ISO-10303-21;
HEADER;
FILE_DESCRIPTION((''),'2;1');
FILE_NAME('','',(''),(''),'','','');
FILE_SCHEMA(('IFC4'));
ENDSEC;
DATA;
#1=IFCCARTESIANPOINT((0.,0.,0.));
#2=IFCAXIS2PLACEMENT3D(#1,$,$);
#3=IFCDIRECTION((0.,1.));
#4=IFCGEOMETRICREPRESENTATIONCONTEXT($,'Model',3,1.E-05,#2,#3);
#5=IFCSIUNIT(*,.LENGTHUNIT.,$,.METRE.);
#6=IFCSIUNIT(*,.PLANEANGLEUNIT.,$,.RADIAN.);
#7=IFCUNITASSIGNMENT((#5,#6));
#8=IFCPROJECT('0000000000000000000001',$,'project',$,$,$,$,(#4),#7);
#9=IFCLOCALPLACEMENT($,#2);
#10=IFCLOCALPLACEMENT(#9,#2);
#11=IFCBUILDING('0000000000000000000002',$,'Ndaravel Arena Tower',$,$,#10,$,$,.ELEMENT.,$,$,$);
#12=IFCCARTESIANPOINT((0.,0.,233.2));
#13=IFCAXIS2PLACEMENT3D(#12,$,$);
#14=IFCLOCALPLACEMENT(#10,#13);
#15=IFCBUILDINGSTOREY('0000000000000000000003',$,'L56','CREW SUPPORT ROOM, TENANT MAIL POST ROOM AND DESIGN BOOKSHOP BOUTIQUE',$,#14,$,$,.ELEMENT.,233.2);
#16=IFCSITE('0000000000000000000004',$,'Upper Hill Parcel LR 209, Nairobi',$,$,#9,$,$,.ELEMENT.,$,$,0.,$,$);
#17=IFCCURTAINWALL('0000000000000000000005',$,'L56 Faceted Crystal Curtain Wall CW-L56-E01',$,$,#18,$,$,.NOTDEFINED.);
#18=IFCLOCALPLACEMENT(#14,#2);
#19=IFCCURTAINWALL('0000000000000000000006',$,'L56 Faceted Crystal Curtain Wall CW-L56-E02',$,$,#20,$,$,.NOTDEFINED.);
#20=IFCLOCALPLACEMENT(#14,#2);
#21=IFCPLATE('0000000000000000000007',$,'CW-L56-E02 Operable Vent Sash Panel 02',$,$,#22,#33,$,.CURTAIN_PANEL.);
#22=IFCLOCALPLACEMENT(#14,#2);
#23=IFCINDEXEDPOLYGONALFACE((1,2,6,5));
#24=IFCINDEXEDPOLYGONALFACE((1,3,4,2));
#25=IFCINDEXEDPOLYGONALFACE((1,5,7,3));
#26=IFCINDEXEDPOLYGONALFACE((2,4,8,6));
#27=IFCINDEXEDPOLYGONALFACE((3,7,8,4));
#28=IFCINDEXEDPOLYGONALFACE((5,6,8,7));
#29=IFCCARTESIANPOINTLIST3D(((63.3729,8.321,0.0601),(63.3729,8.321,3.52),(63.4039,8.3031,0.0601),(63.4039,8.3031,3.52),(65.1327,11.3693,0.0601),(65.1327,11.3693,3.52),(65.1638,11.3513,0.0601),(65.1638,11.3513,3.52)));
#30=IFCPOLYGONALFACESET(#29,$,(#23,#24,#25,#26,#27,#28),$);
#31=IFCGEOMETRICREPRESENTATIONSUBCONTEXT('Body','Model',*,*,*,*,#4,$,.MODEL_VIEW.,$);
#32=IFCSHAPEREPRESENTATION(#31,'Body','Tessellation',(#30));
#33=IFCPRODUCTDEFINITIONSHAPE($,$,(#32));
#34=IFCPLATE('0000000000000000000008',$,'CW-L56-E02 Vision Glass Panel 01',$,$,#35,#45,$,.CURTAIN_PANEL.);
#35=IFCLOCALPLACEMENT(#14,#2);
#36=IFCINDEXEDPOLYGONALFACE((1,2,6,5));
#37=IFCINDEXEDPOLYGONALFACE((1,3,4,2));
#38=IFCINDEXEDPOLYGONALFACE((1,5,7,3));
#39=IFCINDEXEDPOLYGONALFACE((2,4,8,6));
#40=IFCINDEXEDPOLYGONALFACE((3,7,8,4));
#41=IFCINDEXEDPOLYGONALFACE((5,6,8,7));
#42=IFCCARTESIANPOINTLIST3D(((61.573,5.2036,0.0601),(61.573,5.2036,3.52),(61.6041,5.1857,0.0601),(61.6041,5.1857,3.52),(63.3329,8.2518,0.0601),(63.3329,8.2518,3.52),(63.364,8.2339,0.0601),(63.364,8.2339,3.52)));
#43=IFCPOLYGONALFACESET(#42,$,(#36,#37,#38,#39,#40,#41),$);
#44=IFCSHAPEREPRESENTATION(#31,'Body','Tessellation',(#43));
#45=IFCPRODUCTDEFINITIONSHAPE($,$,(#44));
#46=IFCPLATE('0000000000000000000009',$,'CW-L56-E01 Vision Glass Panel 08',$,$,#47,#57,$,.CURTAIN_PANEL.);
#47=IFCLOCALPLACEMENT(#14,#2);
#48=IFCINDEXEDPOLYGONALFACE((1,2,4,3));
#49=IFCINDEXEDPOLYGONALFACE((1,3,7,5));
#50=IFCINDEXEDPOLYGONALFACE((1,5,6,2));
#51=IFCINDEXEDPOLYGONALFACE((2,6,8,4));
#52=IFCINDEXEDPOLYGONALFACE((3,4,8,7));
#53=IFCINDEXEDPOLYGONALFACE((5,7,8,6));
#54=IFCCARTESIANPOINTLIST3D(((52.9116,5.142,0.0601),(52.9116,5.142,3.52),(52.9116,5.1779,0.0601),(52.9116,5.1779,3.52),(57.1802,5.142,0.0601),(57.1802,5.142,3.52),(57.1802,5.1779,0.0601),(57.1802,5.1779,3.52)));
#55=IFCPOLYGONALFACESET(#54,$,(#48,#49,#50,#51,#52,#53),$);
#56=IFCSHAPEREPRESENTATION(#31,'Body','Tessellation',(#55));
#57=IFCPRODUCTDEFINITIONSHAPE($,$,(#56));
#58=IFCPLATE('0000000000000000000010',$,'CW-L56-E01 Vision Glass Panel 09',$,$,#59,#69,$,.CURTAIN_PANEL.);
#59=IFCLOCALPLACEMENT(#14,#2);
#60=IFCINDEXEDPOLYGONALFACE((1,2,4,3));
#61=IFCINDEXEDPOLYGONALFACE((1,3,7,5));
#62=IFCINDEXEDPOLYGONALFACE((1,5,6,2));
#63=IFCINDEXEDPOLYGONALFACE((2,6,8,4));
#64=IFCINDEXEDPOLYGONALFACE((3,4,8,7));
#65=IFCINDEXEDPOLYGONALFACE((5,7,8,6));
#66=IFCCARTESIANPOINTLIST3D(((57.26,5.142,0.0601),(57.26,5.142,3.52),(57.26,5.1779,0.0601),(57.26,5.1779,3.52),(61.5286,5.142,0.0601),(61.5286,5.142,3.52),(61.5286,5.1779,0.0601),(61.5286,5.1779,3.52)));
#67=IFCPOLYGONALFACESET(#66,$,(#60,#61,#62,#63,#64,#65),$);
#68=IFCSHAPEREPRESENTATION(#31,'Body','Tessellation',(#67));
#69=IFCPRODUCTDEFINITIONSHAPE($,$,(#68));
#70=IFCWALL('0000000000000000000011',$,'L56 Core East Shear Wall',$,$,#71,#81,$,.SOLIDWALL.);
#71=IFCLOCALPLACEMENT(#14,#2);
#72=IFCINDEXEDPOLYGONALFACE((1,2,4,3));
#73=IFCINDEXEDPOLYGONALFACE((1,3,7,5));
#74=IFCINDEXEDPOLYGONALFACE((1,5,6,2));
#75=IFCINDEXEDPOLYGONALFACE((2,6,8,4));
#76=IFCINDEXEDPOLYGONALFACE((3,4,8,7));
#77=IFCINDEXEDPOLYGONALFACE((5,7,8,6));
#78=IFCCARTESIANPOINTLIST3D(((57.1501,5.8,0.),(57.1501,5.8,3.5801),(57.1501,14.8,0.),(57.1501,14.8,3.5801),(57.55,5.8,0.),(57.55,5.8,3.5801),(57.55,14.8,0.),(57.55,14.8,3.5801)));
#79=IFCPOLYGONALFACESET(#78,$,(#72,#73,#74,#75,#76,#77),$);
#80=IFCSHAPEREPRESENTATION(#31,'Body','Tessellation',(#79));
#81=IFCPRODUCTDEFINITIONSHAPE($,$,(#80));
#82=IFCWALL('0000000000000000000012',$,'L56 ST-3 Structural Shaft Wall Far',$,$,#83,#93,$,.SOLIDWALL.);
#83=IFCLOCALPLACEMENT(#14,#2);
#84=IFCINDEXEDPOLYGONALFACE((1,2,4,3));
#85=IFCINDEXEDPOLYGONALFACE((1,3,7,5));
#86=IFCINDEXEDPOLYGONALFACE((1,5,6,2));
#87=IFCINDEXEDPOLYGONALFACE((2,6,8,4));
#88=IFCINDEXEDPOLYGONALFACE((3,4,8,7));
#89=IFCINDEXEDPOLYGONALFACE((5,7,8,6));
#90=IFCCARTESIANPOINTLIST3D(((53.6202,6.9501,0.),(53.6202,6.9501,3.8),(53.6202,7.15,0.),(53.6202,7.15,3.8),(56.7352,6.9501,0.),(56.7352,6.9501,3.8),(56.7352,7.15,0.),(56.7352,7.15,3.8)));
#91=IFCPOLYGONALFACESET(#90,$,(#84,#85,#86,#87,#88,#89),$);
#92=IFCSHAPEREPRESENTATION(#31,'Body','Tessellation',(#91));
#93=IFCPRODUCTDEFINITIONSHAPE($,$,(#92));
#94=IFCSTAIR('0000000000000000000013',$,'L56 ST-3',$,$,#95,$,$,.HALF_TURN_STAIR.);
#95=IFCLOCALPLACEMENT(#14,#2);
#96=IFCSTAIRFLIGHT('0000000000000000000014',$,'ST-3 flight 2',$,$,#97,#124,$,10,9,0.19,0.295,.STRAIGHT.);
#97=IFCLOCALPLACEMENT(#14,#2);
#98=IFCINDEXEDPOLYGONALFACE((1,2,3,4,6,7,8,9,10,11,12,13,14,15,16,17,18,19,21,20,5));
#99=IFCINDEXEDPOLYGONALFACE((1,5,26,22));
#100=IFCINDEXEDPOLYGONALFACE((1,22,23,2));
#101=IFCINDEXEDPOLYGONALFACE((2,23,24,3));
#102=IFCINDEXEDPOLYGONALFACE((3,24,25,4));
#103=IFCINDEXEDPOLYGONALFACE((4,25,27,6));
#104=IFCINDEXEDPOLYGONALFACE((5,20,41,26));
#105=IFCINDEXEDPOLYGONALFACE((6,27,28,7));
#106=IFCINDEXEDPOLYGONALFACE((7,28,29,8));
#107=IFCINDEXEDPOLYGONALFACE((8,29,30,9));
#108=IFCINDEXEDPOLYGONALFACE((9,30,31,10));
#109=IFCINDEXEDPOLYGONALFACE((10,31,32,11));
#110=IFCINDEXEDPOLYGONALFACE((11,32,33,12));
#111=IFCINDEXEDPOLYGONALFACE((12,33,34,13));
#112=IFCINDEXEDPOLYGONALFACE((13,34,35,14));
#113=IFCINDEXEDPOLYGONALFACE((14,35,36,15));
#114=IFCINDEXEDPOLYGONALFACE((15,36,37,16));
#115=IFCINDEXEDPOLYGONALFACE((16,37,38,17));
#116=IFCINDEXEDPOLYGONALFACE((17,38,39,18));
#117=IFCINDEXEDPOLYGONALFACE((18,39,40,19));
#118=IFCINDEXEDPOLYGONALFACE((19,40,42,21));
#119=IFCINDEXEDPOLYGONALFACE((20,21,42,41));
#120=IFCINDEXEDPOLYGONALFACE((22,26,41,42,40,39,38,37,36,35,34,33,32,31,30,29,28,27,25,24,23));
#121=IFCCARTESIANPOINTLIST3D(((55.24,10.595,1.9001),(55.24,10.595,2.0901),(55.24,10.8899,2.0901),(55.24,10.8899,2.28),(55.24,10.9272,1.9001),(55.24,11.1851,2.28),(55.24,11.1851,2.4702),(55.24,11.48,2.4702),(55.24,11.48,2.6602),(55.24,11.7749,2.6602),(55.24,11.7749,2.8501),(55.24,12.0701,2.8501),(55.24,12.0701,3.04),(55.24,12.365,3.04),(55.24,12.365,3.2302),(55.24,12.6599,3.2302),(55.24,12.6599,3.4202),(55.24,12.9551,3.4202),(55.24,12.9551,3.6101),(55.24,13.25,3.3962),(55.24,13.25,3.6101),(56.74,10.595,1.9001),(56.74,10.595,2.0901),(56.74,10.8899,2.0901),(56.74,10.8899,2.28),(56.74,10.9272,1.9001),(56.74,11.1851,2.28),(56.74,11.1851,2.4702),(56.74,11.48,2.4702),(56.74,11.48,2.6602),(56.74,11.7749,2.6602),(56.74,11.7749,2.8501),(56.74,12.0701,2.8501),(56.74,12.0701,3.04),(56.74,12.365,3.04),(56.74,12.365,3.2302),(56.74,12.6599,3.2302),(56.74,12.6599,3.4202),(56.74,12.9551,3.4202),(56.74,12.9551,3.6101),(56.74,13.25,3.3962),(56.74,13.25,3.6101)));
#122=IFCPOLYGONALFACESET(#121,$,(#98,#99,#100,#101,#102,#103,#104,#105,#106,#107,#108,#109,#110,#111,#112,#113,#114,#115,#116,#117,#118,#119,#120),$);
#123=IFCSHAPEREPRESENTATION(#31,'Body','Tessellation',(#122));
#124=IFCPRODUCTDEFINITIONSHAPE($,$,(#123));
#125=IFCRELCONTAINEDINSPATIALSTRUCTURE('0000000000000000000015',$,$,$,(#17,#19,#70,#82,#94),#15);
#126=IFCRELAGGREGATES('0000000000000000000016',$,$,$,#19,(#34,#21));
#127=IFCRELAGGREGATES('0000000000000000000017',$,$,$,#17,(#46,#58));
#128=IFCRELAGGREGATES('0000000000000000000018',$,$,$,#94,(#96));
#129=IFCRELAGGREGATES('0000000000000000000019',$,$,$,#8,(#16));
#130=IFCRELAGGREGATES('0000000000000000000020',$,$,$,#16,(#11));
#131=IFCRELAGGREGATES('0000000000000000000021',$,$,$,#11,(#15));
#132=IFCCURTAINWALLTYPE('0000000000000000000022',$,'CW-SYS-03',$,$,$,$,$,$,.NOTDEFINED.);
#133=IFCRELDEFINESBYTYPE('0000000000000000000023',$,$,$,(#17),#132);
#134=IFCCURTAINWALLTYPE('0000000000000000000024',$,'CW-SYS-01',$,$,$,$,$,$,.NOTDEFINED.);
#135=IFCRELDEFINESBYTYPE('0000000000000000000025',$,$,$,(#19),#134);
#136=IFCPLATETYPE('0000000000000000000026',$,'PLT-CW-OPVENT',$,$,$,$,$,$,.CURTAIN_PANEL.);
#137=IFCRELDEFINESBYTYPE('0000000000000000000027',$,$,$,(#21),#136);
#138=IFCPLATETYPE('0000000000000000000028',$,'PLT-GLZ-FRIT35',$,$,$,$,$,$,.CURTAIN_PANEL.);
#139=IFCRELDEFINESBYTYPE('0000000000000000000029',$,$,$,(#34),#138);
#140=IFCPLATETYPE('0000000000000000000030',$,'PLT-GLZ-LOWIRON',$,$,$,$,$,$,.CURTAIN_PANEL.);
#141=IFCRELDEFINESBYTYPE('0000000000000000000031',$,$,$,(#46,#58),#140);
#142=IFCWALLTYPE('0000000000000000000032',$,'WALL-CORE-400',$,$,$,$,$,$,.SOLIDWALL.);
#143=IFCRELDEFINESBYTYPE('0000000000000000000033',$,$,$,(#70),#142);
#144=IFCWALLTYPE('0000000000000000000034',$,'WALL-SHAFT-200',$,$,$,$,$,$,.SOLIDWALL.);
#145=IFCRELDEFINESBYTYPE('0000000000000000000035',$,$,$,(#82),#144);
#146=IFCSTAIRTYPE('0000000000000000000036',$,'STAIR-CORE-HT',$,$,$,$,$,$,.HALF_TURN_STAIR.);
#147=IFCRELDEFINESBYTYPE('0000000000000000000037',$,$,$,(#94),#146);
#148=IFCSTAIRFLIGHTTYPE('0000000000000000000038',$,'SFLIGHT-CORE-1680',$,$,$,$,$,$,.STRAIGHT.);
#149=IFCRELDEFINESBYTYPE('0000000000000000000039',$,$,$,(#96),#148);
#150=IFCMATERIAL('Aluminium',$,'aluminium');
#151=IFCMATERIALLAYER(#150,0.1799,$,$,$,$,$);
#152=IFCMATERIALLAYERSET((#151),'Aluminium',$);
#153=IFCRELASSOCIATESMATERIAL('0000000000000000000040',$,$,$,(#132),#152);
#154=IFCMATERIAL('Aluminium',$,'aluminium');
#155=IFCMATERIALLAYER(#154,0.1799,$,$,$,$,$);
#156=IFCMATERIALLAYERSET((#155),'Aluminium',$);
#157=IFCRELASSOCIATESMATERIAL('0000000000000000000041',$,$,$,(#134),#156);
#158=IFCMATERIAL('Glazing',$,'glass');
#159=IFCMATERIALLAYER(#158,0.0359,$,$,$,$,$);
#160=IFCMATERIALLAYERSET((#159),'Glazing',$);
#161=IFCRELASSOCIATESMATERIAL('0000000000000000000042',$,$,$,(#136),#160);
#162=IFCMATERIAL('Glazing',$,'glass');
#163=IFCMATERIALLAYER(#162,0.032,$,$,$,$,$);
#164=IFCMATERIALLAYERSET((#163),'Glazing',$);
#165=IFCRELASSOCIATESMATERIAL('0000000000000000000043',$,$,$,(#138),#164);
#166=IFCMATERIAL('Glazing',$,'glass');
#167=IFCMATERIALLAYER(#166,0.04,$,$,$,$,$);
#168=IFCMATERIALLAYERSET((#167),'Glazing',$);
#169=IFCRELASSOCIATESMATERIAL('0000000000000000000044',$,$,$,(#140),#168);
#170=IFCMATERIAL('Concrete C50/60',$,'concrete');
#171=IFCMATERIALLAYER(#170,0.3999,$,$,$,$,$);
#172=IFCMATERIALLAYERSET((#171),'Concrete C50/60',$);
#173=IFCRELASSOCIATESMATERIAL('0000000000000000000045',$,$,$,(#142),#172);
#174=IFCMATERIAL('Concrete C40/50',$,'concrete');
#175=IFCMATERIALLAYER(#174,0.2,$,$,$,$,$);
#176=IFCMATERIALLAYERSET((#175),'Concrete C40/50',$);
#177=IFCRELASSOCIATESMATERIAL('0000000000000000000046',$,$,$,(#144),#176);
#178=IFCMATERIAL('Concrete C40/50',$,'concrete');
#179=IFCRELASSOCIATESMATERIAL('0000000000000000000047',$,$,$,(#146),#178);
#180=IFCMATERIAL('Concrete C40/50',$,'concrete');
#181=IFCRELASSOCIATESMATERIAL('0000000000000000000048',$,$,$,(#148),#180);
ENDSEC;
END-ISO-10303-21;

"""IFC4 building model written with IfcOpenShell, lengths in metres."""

from ifc_helpers import new_model, si_unit, direction, frame, frame_2d, origin, origin_2d, place, context, subcontext, project, spatial, polyline, rectangle, outline, extrude, material, layer, layer_set, type_object, element, aggregate, save


model = new_model("IFC4")

# Units and contexts
model_context = context("Model", 3, precision=1e-05, world=origin(), true_north=direction((0.0, 1.0)))
body_context = subcontext(model_context, "Body", "Model", "MODEL_VIEW")
ifc_project = project(units=[si_unit("LENGTHUNIT", "METRE"), si_unit("PLANEANGLEUNIT", "RADIAN")], contexts=[model_context])

# Site, building, storey
site_placement = place(None, origin())
site = spatial("IfcSite", under=ifc_project, at=site_placement, Name="Upper Hill Parcel LR 209, Nairobi", CompositionType="ELEMENT", RefElevation=0.0)
building_placement = place(site_placement, origin())
building = spatial("IfcBuilding", under=site, at=building_placement, Name="Ndaravel Arena Tower", CompositionType="ELEMENT")
storey_placement = place(building_placement, frame((0.0, 0.0, 233.2)))
storey = spatial("IfcBuildingStorey", under=building, at=storey_placement, Name="L56", Description="CREW SUPPORT ROOM, TENANT MAIL POST ROOM AND DESIGN BOOKSHOP BOUTIQUE", CompositionType="ELEMENT", Elevation=233.2)

# Curtain wall
ifc_material_1 = material(Name="Aluminium", Category="aluminium")
ifc_layer_1 = layer(ifc_material_1, 0.1799)
ifc_layer_set_1 = layer_set([ifc_layer_1], Name="Aluminium")
curtain_wall_type_1 = type_object("IfcCurtainWallType", Name="CW-SYS-03", PredefinedType="NOTDEFINED", material=ifc_layer_set_1)
curtain_wall_1_placement = place(storey_placement, origin())
curtain_wall_1 = element("IfcCurtainWall", 1, at=curtain_wall_1_placement, inside=storey, type_object=curtain_wall_type_1, Name="L56 Faceted Crystal Curtain Wall CW-L56-E01", PredefinedType="NOTDEFINED")

# Curtain wall
ifc_material_2 = material(Name="Aluminium", Category="aluminium")
ifc_layer_2 = layer(ifc_material_2, 0.1799)
ifc_layer_set_2 = layer_set([ifc_layer_2], Name="Aluminium")
curtain_wall_type_2 = type_object("IfcCurtainWallType", Name="CW-SYS-01", PredefinedType="NOTDEFINED", material=ifc_layer_set_2)
curtain_wall_2_placement = place(storey_placement, origin())
curtain_wall_2 = element("IfcCurtainWall", 2, at=curtain_wall_2_placement, inside=storey, type_object=curtain_wall_type_2, Name="L56 Faceted Crystal Curtain Wall CW-L56-E02", PredefinedType="NOTDEFINED")

# Plates
ifc_material_3 = material(Name="Glazing", Category="glass")
ifc_layer_3 = layer(ifc_material_3, 0.0359)
ifc_layer_set_3 = layer_set([ifc_layer_3], Name="Glazing")
plate_type_1 = type_object("IfcPlateType", Name="PLT-CW-OPVENT", PredefinedType="CURTAIN_PANEL", material=ifc_layer_set_3)
plate_1_placement = place(storey_placement, frame((64.2683, 9.8362, 0.0601), z_axis=(0.0, 0.0, 1.0), x_axis=(0.499985, 0.866034, 0.0)))
plate_1 = element("IfcPlate", 3, at=plate_1_placement, type_object=plate_type_1, Name="CW-L56-E02 Operable Vent Sash Panel 02", PredefinedType="CURTAIN_PANEL", context=body_context, shape_type="SweptSolid", body=[
    extrude(rectangle(XDim=3.5198, YDim=0.0359, at=origin_2d()), origin(), (0.0, 0.0, 1.0), 3.46),
])
ifc_material_4 = material(Name="Glazing", Category="glass")
ifc_layer_4 = layer(ifc_material_4, 0.032)
ifc_layer_set_4 = layer_set([ifc_layer_4], Name="Glazing")
plate_type_2 = type_object("IfcPlateType", Name="PLT-GLZ-FRIT35", PredefinedType="CURTAIN_PANEL", material=ifc_layer_set_4)
plate_2_placement = place(storey_placement, frame((62.4685, 6.7188, 0.0601), z_axis=(0.0, 0.0, 1.0), x_axis=(0.499985, 0.866034, 0.0)))
plate_2 = element("IfcPlate", 4, at=plate_2_placement, type_object=plate_type_2, Name="CW-L56-E02 Vision Glass Panel 01", PredefinedType="CURTAIN_PANEL", context=body_context, shape_type="SweptSolid", body=[
    extrude(rectangle(XDim=3.5198, YDim=0.0359, at=origin_2d()), origin(), (0.0, 0.0, 1.0), 3.46),
])
aggregate(curtain_wall_2, [plate_2, plate_1])
ifc_material_5 = material(Name="Glazing", Category="glass")
ifc_layer_5 = layer(ifc_material_5, 0.04)
ifc_layer_set_5 = layer_set([ifc_layer_5], Name="Glazing")
plate_type_3 = type_object("IfcPlateType", Name="PLT-GLZ-LOWIRON", PredefinedType="CURTAIN_PANEL", material=ifc_layer_set_5)
plate_3_placement = place(storey_placement, frame((55.0459, 5.1599, 0.0601), z_axis=(0.0, 0.0, 1.0), x_axis=(1.0, 0.0, 0.0)))
plate_3 = element("IfcPlate", 5, at=plate_3_placement, type_object=plate_type_3, Name="CW-L56-E01 Vision Glass Panel 08", PredefinedType="CURTAIN_PANEL", context=body_context, shape_type="SweptSolid", body=[
    extrude(rectangle(XDim=4.2686, YDim=0.0359, at=origin_2d()), origin(), (0.0, 0.0, 1.0), 3.46),
])
plate_4_placement = place(storey_placement, frame((59.3943, 5.1599, 0.0601), z_axis=(0.0, 0.0, 1.0), x_axis=(1.0, 0.0, 0.0)))
plate_4 = element("IfcPlate", 6, at=plate_4_placement, type_object=plate_type_3, Name="CW-L56-E01 Vision Glass Panel 09", PredefinedType="CURTAIN_PANEL", context=body_context, shape_type="SweptSolid", body=[
    extrude(rectangle(XDim=4.2686, YDim=0.0359, at=origin_2d()), origin(), (0.0, 0.0, 1.0), 3.46),
])
aggregate(curtain_wall_1, [plate_3, plate_4])

# Walls
ifc_material_6 = material(Name="Concrete C50/60", Category="concrete")
ifc_layer_6 = layer(ifc_material_6, 0.3999)
ifc_layer_set_6 = layer_set([ifc_layer_6], Name="Concrete C50/60")
wall_type_1 = type_object("IfcWallType", Name="WALL-CORE-400", PredefinedType="SOLIDWALL", material=ifc_layer_set_6)
wall_1_placement = place(storey_placement, frame((57.3501, 5.8, 0.0), z_axis=(0.0, 0.0, 1.0), x_axis=(0.0, 1.0, 0.0)))
element("IfcWall", 7, at=wall_1_placement, inside=storey, type_object=wall_type_1, Name="L56 Core East Shear Wall", PredefinedType="SOLIDWALL", context=body_context, shape_type="SweptSolid", body=[
    extrude(rectangle(XDim=9.0, YDim=0.3999, at=frame_2d((4.5, 0.0))), origin(), (0.0, 0.0, 1.0), 3.5801),
])
ifc_material_7 = material(Name="Concrete C40/50", Category="concrete")
ifc_layer_7 = layer(ifc_material_7, 0.2)
ifc_layer_set_7 = layer_set([ifc_layer_7], Name="Concrete C40/50")
wall_type_2 = type_object("IfcWallType", Name="WALL-SHAFT-200", PredefinedType="SOLIDWALL", material=ifc_layer_set_7)
wall_2_placement = place(storey_placement, frame((53.6201, 7.05, 0.0), z_axis=(0.0, 0.0, 1.0), x_axis=(1.0, 0.0, 0.0)))
element("IfcWall", 8, at=wall_2_placement, inside=storey, type_object=wall_type_2, Name="L56 ST-3 Structural Shaft Wall Far", PredefinedType="SOLIDWALL", context=body_context, shape_type="SweptSolid", body=[
    extrude(rectangle(XDim=3.115, YDim=0.2, at=frame_2d((1.5576, 0.0))), origin(), (0.0, 0.0, 1.0), 3.8),
])

# Stair, stair flight
ifc_material_8 = material(Name="Concrete C40/50", Category="concrete")
stair_type = type_object("IfcStairType", Name="STAIR-CORE-HT", PredefinedType="HALF_TURN_STAIR", material=ifc_material_8)
stair_placement = place(storey_placement, origin())
stair = element("IfcStair", 9, at=stair_placement, inside=storey, type_object=stair_type, Name="L56 ST-3", PredefinedType="HALF_TURN_STAIR")
ifc_material_9 = material(Name="Concrete C40/50", Category="concrete")
stair_flight_type = type_object("IfcStairFlightType", Name="SFLIGHT-CORE-1680", PredefinedType="STRAIGHT", material=ifc_material_9)
stair_flight_placement = place(storey_placement, frame((55.99, 10.595, 1.9001), z_axis=(0.0, 0.0, 1.0), x_axis=(0.0, 1.0, 0.0)))
stair_flight = element("IfcStairFlight", 10, at=stair_flight_placement, type_object=stair_flight_type, Name="ST-3 flight 2", NumberOfRisers=10, NumberOfTreads=9, PredefinedType="STRAIGHT", RiserHeight=0.19, TreadLength=0.295, context=body_context, shape_type="SweptSolid", body=[
    extrude(outline(polyline([(0.0, 0.0), (0.0, 0.1899), (0.2949, 0.1899), (0.2949, 0.3799), (0.5901, 0.3799), (0.5901, 0.5701), (0.885, 0.5701), (0.885, 0.76), (1.1799, 0.76), (1.1799, 0.95), (1.4751, 0.95), (1.4751, 1.1399), (1.77, 1.1399), (1.77, 1.3301), (2.0649, 1.3301), (2.0649, 1.52), (2.3601, 1.52), (2.3601, 1.71), (2.655, 1.71), (2.655, 1.8999), (2.655, 1.4961), (0.3323, 0.0), (0.0, 0.0)])), frame((0.0, 0.75, 0.0), z_axis=(0.0, -1.0, 0.0), x_axis=(1.0, 0.0, 0.0)), (0.0, 0.0, 1.0), 1.5),
])
aggregate(stair, [stair_flight])

save(model, "model.ifc")
